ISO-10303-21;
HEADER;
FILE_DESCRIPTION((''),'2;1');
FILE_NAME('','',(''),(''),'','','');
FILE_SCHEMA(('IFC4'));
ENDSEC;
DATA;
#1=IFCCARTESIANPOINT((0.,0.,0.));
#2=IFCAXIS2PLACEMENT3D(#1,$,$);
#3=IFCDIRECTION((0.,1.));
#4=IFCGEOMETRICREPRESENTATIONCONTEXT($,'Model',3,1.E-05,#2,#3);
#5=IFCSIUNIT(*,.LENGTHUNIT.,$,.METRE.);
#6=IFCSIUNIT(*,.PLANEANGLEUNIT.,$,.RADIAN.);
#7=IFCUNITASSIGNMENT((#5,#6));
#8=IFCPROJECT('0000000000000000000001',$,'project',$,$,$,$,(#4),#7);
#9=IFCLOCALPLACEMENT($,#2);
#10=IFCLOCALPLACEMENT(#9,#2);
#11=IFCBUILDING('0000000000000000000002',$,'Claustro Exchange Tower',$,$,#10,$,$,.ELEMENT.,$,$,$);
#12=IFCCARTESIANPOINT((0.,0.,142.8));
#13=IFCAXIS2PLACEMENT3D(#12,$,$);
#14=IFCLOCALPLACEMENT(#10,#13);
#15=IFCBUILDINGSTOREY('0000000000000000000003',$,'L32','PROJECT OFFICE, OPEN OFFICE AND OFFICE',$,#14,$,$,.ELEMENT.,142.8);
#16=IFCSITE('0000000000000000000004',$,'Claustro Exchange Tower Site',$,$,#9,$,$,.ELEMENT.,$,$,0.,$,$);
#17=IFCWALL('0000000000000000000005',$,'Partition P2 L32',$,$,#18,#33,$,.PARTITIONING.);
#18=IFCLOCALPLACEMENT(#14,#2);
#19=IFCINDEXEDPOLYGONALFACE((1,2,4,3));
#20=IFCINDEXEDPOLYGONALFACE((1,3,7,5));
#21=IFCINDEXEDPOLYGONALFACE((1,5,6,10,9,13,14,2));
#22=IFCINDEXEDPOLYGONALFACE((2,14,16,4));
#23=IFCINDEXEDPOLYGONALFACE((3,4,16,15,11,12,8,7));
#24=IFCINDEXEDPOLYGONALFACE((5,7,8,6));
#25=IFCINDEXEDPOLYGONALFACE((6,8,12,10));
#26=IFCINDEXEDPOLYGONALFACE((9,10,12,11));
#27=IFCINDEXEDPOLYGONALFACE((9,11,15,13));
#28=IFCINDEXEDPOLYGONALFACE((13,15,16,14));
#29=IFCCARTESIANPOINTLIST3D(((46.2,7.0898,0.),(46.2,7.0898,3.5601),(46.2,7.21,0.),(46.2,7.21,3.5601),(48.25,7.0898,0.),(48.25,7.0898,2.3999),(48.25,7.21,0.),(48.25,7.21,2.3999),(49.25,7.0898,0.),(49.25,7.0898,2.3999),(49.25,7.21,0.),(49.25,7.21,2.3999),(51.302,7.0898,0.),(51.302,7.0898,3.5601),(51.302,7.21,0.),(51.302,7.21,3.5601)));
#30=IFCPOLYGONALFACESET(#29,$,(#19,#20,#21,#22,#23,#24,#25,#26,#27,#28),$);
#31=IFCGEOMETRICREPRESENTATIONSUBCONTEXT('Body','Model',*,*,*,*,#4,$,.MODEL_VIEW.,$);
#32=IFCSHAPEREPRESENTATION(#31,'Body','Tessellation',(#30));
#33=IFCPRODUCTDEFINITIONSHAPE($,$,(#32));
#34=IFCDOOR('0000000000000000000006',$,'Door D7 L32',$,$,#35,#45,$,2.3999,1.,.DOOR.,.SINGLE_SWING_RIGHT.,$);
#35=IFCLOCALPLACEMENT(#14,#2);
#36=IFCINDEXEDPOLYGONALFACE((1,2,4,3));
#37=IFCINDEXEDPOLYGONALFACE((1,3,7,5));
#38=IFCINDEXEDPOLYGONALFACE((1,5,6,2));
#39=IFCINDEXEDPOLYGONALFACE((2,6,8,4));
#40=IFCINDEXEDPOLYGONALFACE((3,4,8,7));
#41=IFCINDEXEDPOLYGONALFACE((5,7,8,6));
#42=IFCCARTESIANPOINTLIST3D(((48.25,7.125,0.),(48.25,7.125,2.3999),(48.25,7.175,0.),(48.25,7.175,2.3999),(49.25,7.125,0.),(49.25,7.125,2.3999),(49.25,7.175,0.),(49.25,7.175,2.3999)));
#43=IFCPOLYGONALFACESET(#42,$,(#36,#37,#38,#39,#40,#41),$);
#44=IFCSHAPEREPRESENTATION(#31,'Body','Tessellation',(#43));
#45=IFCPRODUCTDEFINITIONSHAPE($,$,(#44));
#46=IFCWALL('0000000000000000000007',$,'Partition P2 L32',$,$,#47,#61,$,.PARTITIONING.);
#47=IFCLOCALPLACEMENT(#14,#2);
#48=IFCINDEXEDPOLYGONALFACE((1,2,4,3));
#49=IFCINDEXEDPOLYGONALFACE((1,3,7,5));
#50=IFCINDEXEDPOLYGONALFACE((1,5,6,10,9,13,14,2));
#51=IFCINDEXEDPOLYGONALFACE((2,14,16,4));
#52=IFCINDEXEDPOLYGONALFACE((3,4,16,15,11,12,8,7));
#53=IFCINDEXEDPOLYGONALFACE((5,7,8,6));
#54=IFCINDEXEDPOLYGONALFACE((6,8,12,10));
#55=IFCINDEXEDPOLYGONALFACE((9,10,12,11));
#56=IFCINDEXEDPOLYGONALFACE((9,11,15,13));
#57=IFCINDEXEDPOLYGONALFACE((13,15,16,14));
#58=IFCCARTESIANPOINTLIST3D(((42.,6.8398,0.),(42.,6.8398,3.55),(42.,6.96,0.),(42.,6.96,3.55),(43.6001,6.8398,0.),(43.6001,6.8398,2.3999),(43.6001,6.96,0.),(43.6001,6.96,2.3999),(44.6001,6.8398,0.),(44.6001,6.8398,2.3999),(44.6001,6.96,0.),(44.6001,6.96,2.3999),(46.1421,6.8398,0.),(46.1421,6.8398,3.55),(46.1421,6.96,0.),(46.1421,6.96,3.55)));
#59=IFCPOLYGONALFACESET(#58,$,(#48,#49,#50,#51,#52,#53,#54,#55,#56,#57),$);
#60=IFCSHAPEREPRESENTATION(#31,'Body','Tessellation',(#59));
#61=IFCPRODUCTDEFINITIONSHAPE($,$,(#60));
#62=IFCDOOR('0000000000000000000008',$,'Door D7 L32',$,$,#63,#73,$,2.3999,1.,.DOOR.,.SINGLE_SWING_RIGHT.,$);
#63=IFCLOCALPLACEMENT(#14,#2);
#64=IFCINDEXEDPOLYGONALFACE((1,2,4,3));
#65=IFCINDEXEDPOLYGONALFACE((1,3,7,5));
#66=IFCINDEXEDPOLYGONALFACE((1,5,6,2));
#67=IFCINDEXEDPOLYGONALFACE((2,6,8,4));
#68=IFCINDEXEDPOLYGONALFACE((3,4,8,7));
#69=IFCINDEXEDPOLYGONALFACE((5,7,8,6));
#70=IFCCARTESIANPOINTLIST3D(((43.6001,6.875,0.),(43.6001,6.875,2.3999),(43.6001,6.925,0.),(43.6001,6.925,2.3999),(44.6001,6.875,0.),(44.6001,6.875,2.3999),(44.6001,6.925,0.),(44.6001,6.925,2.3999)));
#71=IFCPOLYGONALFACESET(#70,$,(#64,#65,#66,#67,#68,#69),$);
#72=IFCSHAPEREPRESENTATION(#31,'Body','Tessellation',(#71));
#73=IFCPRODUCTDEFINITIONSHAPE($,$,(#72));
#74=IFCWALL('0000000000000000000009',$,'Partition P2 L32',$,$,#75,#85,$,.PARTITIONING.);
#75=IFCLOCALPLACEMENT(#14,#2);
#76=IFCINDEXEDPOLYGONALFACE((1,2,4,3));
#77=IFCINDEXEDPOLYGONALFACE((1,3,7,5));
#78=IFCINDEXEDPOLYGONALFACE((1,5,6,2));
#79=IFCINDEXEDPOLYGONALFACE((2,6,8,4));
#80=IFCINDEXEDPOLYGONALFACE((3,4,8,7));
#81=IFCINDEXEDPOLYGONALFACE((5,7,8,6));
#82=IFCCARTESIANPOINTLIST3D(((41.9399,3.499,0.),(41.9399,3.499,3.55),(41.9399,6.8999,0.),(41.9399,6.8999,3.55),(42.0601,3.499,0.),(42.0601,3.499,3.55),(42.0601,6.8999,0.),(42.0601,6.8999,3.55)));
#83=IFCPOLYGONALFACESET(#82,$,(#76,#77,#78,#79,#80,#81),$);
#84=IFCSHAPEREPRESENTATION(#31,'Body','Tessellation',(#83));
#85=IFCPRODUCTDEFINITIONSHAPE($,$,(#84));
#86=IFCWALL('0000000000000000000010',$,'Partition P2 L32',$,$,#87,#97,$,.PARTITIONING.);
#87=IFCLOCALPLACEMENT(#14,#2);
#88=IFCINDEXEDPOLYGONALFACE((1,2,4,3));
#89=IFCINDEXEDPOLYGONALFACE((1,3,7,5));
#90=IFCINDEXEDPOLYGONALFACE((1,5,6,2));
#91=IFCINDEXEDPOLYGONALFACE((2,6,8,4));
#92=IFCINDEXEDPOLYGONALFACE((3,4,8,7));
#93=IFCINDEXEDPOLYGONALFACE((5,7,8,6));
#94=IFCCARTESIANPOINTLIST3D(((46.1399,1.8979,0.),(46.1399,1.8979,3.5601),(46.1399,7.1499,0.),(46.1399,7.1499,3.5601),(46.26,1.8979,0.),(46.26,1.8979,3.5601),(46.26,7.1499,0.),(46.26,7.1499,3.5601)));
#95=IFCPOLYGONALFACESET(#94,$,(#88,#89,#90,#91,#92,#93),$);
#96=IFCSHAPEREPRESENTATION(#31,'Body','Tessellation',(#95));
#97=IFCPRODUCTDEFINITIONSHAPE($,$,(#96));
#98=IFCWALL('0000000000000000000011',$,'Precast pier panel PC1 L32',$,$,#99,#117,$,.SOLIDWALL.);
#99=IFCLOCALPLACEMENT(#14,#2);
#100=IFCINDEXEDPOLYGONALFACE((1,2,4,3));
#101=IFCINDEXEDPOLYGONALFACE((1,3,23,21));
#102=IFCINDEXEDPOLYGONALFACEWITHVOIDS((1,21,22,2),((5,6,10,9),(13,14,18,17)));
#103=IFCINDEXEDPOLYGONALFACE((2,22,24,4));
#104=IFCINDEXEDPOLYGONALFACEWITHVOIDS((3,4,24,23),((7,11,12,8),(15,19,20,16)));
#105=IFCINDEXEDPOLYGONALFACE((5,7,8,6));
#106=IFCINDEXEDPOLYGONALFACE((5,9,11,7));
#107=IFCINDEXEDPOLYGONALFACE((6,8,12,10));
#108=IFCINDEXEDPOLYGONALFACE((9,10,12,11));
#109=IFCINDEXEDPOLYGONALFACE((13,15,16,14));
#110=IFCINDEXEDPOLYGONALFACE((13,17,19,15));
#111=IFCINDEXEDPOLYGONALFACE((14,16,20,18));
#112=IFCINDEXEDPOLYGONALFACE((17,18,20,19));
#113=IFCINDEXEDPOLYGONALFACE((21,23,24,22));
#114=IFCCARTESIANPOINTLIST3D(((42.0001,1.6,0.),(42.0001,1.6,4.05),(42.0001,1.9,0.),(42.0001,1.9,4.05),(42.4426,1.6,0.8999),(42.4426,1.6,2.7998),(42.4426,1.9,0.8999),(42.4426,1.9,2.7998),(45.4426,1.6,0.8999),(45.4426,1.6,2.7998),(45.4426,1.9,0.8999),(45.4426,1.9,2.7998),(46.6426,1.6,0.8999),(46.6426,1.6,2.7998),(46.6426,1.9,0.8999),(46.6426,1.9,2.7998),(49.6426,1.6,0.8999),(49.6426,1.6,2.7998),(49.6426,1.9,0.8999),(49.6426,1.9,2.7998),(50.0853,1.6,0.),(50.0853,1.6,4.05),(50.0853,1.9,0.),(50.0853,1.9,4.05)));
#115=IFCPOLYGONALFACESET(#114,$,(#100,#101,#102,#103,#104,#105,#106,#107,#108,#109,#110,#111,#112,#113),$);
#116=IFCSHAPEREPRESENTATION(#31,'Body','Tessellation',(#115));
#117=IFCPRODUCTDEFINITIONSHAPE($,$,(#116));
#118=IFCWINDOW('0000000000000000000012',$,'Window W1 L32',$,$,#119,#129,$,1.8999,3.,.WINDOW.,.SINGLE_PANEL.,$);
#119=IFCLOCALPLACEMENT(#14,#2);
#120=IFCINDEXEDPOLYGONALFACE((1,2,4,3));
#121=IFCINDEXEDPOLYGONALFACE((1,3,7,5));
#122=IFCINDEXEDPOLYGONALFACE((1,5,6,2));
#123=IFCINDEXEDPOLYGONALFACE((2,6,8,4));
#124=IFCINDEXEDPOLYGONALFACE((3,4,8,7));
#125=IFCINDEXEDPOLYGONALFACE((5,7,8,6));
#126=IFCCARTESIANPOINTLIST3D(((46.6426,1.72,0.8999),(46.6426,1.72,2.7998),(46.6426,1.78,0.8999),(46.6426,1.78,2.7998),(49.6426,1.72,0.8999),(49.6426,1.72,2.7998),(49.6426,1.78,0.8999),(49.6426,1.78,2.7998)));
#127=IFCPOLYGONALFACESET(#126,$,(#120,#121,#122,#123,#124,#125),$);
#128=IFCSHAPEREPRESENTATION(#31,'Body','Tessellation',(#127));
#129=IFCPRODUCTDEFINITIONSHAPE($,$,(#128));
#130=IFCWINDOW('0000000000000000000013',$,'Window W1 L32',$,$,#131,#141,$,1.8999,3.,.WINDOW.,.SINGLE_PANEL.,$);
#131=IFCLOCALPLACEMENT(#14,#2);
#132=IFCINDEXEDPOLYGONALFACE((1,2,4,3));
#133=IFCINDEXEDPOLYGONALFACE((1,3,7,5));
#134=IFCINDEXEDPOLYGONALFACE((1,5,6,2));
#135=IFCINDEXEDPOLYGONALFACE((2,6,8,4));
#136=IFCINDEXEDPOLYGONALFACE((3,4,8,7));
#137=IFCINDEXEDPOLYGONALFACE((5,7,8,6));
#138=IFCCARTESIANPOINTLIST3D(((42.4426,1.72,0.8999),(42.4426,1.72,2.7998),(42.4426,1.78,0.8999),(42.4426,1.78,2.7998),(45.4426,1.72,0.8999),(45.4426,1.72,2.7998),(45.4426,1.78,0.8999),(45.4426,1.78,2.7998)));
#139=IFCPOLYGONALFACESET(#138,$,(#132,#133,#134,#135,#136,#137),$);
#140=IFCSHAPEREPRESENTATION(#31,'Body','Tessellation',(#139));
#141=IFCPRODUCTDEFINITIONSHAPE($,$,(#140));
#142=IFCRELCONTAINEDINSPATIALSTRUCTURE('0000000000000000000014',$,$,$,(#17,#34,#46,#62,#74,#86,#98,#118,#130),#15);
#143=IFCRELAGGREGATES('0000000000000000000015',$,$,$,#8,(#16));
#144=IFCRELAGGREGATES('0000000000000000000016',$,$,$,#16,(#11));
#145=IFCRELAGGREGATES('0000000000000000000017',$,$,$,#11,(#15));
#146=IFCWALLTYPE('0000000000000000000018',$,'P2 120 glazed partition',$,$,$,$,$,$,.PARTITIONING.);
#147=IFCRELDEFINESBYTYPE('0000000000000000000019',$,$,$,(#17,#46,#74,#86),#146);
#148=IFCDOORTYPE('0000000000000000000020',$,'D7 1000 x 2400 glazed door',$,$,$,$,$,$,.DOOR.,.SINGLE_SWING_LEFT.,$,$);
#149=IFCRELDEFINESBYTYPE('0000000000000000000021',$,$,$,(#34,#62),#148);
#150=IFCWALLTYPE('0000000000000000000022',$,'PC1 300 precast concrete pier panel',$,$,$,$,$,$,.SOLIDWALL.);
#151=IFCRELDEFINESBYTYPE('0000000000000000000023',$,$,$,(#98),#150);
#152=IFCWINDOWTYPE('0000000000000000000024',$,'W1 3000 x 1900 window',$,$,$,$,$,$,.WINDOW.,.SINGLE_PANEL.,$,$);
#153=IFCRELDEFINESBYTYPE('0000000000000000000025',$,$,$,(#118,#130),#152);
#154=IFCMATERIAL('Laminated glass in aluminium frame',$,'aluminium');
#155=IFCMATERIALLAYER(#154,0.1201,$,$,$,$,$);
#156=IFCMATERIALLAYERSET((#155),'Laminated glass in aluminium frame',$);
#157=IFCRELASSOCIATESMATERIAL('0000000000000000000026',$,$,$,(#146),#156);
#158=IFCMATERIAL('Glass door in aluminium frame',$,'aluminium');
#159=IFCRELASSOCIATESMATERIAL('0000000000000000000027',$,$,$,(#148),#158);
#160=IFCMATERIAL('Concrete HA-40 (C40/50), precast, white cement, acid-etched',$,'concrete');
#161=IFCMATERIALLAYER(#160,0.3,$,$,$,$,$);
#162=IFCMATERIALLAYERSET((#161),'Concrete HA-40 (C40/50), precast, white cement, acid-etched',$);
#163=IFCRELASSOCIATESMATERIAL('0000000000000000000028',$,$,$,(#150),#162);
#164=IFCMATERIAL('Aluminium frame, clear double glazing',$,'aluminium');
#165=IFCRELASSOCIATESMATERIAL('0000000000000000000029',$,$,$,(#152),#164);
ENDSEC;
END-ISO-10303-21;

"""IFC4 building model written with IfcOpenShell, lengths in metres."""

from ifc_helpers import new_model, si_unit, direction, frame, frame_2d, origin, place, context, subcontext, project, spatial, rectangle, extrude, material, layer, layer_set, type_object, element, fill, save


model = new_model("IFC4")

# Units and contexts
model_context = context("Model", 3, precision=1e-05, world=origin(), true_north=direction((0.0, 1.0)))
body_context = subcontext(model_context, "Body", "Model", "MODEL_VIEW")
ifc_project = project(units=[si_unit("LENGTHUNIT", "METRE"), si_unit("PLANEANGLEUNIT", "RADIAN")], contexts=[model_context])

# Site, building, storey
site_placement = place(None, origin())
site = spatial("IfcSite", under=ifc_project, at=site_placement, Name="Claustro Exchange Tower Site", CompositionType="ELEMENT", RefElevation=0.0)
building_placement = place(site_placement, origin())
building = spatial("IfcBuilding", under=site, at=building_placement, Name="Claustro Exchange Tower", CompositionType="ELEMENT")
storey_placement = place(building_placement, frame((0.0, 0.0, 142.8)))
storey = spatial("IfcBuildingStorey", under=building, at=storey_placement, Name="L32", Description="PROJECT OFFICE, OPEN OFFICE AND OFFICE", CompositionType="ELEMENT", Elevation=142.8)

# Shared definitions
ifc_material_1 = material(Name="Laminated glass in aluminium frame", Category="aluminium")
ifc_layer_1 = layer(ifc_material_1, 0.1201)
ifc_layer_set_1 = layer_set([ifc_layer_1], Name="Laminated glass in aluminium frame")
wall_type_1 = type_object("IfcWallType", Name="P2 120 glazed partition", PredefinedType="PARTITIONING", material=ifc_layer_set_1)

# Walls, openings, doors
wall_1_placement = place(storey_placement, frame((46.2, 7.1499, 0.0), z_axis=(0.0, 0.0, 1.0), x_axis=(1.0, 0.0, 0.0)))
wall_1 = element("IfcWall", 1, at=wall_1_placement, inside=storey, type_object=wall_type_1, Name="Partition P2 L32", PredefinedType="PARTITIONING", context=body_context, shape_type="SweptSolid", body=[
    extrude(rectangle(XDim=5.1021, YDim=0.1201, at=frame_2d((2.551, 0.0))), origin(), (0.0, 0.0, 1.0), 3.5601),
])
opening_1_placement = place(wall_1_placement, frame((2.05, 0.0, 0.0)))
opening_1 = element("IfcOpeningElement", 2, at=opening_1_placement, cuts=wall_1, PredefinedType="OPENING", context=body_context, shape_type="SweptSolid", body=[
    extrude(rectangle(XDim=1.0, YDim=2.3999, at=frame_2d((0.5, 1.2))), frame((0.0, 0.0701, 0.0), z_axis=(0.0, -1.0, 0.0), x_axis=(1.0, 0.0, 0.0)), (0.0, 0.0, 1.0), 0.1401),
])
ifc_material_2 = material(Name="Glass door in aluminium frame", Category="aluminium")
door_type = type_object("IfcDoorType", Name="D7 1000 x 2400 glazed door", OperationType="SINGLE_SWING_LEFT", PredefinedType="DOOR", material=ifc_material_2)
door_1_placement = place(opening_1_placement, frame((1.0, 0.0, 0.0), z_axis=(0.0, 0.0, 1.0), x_axis=(-1.0, 0.0, 0.0)))
door_1 = element("IfcDoor", 3, at=door_1_placement, inside=storey, type_object=door_type, Name="Door D7 L32", OperationType="SINGLE_SWING_RIGHT", OverallHeight=2.3999, OverallWidth=1.0, PredefinedType="DOOR", context=body_context, shape_type="SweptSolid", body=[
    extrude(rectangle(XDim=1.0, YDim=2.3999, at=frame_2d((0.5, 1.2))), frame((0.0, 0.0249, 0.0), z_axis=(0.0, -1.0, 0.0), x_axis=(1.0, 0.0, 0.0)), (0.0, 0.0, 1.0), 0.05),
])
fill(opening_1, door_1)
wall_2_placement = place(storey_placement, frame((42.0, 6.8999, 0.0), z_axis=(0.0, 0.0, 1.0), x_axis=(1.0, 0.0, 0.0)))
wall_2 = element("IfcWall", 4, at=wall_2_placement, inside=storey, type_object=wall_type_1, Name="Partition P2 L32", PredefinedType="PARTITIONING", context=body_context, shape_type="SweptSolid", body=[
    extrude(rectangle(XDim=4.1421, YDim=0.1201, at=frame_2d((2.071, 0.0))), origin(), (0.0, 0.0, 1.0), 3.55),
])
opening_2_placement = place(wall_2_placement, frame((1.6001, 0.0, 0.0)))
opening_2 = element("IfcOpeningElement", 5, at=opening_2_placement, cuts=wall_2, PredefinedType="OPENING", context=body_context, shape_type="SweptSolid", body=[
    extrude(rectangle(XDim=1.0, YDim=2.3999, at=frame_2d((0.5, 1.2))), frame((0.0, 0.0701, 0.0), z_axis=(0.0, -1.0, 0.0), x_axis=(1.0, 0.0, 0.0)), (0.0, 0.0, 1.0), 0.1401),
])
door_2_placement = place(opening_2_placement, frame((1.0, 0.0, 0.0), z_axis=(0.0, 0.0, 1.0), x_axis=(-1.0, 0.0, 0.0)))
door_2 = element("IfcDoor", 6, at=door_2_placement, inside=storey, type_object=door_type, Name="Door D7 L32", OperationType="SINGLE_SWING_RIGHT", OverallHeight=2.3999, OverallWidth=1.0, PredefinedType="DOOR", context=body_context, shape_type="SweptSolid", body=[
    extrude(rectangle(XDim=1.0, YDim=2.3999, at=frame_2d((0.5, 1.2))), frame((0.0, 0.0249, 0.0), z_axis=(0.0, -1.0, 0.0), x_axis=(1.0, 0.0, 0.0)), (0.0, 0.0, 1.0), 0.05),
])
fill(opening_2, door_2)

# Walls
wall_3_placement = place(storey_placement, frame((42.0, 3.499, 0.0), z_axis=(0.0, 0.0, 1.0), x_axis=(0.0, 1.0, 0.0)))
element("IfcWall", 7, at=wall_3_placement, inside=storey, type_object=wall_type_1, Name="Partition P2 L32", PredefinedType="PARTITIONING", context=body_context, shape_type="SweptSolid", body=[
    extrude(rectangle(XDim=3.4009, YDim=0.1201, at=frame_2d((1.7004, 0.0))), origin(), (0.0, 0.0, 1.0), 3.55),
])
wall_4_placement = place(storey_placement, frame((46.2, 1.8979, 0.0), z_axis=(0.0, 0.0, 1.0), x_axis=(0.0, 1.0, 0.0)))
element("IfcWall", 8, at=wall_4_placement, inside=storey, type_object=wall_type_1, Name="Partition P2 L32", PredefinedType="PARTITIONING", context=body_context, shape_type="SweptSolid", body=[
    extrude(rectangle(XDim=5.252, YDim=0.1201, at=frame_2d((2.626, 0.0))), origin(), (0.0, 0.0, 1.0), 3.5601),
])

# Wall, openings, windows
ifc_material_3 = material(Name="Concrete HA-40 (C40/50), precast, white cement, acid-etched", Category="concrete")
ifc_layer_2 = layer(ifc_material_3, 0.3)
ifc_layer_set_2 = layer_set([ifc_layer_2], Name="Concrete HA-40 (C40/50), precast, white cement, acid-etched")
wall_type_2 = type_object("IfcWallType", Name="PC1 300 precast concrete pier panel", PredefinedType="SOLIDWALL", material=ifc_layer_set_2)
wall_5_placement = place(storey_placement, frame((50.0852, 1.75, 0.0), z_axis=(0.0, 0.0, 1.0), x_axis=(-1.0, 0.0, 0.0)))
wall_5 = element("IfcWall", 9, at=wall_5_placement, inside=storey, type_object=wall_type_2, Name="Precast pier panel PC1 L32", PredefinedType="SOLIDWALL", context=body_context, shape_type="SweptSolid", body=[
    extrude(rectangle(XDim=8.0852, YDim=0.3, at=frame_2d((4.0425, 0.0))), origin(), (0.0, 0.0, 1.0), 4.05),
])
opening_3_placement = place(wall_5_placement, frame((0.4426, 0.0, 0.8999)))
opening_3 = element("IfcOpeningElement", 10, at=opening_3_placement, cuts=wall_5, PredefinedType="OPENING", context=body_context, shape_type="SweptSolid", body=[
    extrude(rectangle(XDim=3.0, YDim=1.8999, at=frame_2d((1.5, 0.95))), frame((0.0, 0.1599, 0.0), z_axis=(0.0, -1.0, 0.0), x_axis=(1.0, 0.0, 0.0)), (0.0, 0.0, 1.0), 0.3201),
])
opening_4_placement = place(wall_5_placement, frame((4.6426, 0.0, 0.8999)))
opening_4 = element("IfcOpeningElement", 11, at=opening_4_placement, cuts=wall_5, PredefinedType="OPENING", context=body_context, shape_type="SweptSolid", body=[
    extrude(rectangle(XDim=3.0, YDim=1.8999, at=frame_2d((1.5, 0.95))), frame((0.0, 0.1599, 0.0), z_axis=(0.0, -1.0, 0.0), x_axis=(1.0, 0.0, 0.0)), (0.0, 0.0, 1.0), 0.3201),
])
ifc_material_4 = material(Name="Aluminium frame, clear double glazing", Category="aluminium")
window_type = type_object("IfcWindowType", Name="W1 3000 x 1900 window", PartitioningType="SINGLE_PANEL", PredefinedType="WINDOW", material=ifc_material_4)
window_1_placement = place(opening_3_placement, origin())
window_1 = element("IfcWindow", 12, at=window_1_placement, inside=storey, type_object=window_type, Name="Window W1 L32", OverallHeight=1.8999, OverallWidth=3.0, PartitioningType="SINGLE_PANEL", PredefinedType="WINDOW", context=body_context, shape_type="SweptSolid", body=[
    extrude(rectangle(XDim=3.0, YDim=1.8999, at=frame_2d((1.5, 0.95))), frame((0.0, 0.03, 0.0), z_axis=(0.0, -1.0, 0.0), x_axis=(1.0, 0.0, 0.0)), (0.0, 0.0, 1.0), 0.0601),
])
fill(opening_3, window_1)
window_2_placement = place(opening_4_placement, origin())
window_2 = element("IfcWindow", 13, at=window_2_placement, inside=storey, type_object=window_type, Name="Window W1 L32", OverallHeight=1.8999, OverallWidth=3.0, PartitioningType="SINGLE_PANEL", PredefinedType="WINDOW", context=body_context, shape_type="SweptSolid", body=[
    extrude(rectangle(XDim=3.0, YDim=1.8999, at=frame_2d((1.5, 0.95))), frame((0.0, 0.03, 0.0), z_axis=(0.0, -1.0, 0.0), x_axis=(1.0, 0.0, 0.0)), (0.0, 0.0, 1.0), 0.0601),
])
fill(opening_4, window_2)

save(model, "model.ifc")
